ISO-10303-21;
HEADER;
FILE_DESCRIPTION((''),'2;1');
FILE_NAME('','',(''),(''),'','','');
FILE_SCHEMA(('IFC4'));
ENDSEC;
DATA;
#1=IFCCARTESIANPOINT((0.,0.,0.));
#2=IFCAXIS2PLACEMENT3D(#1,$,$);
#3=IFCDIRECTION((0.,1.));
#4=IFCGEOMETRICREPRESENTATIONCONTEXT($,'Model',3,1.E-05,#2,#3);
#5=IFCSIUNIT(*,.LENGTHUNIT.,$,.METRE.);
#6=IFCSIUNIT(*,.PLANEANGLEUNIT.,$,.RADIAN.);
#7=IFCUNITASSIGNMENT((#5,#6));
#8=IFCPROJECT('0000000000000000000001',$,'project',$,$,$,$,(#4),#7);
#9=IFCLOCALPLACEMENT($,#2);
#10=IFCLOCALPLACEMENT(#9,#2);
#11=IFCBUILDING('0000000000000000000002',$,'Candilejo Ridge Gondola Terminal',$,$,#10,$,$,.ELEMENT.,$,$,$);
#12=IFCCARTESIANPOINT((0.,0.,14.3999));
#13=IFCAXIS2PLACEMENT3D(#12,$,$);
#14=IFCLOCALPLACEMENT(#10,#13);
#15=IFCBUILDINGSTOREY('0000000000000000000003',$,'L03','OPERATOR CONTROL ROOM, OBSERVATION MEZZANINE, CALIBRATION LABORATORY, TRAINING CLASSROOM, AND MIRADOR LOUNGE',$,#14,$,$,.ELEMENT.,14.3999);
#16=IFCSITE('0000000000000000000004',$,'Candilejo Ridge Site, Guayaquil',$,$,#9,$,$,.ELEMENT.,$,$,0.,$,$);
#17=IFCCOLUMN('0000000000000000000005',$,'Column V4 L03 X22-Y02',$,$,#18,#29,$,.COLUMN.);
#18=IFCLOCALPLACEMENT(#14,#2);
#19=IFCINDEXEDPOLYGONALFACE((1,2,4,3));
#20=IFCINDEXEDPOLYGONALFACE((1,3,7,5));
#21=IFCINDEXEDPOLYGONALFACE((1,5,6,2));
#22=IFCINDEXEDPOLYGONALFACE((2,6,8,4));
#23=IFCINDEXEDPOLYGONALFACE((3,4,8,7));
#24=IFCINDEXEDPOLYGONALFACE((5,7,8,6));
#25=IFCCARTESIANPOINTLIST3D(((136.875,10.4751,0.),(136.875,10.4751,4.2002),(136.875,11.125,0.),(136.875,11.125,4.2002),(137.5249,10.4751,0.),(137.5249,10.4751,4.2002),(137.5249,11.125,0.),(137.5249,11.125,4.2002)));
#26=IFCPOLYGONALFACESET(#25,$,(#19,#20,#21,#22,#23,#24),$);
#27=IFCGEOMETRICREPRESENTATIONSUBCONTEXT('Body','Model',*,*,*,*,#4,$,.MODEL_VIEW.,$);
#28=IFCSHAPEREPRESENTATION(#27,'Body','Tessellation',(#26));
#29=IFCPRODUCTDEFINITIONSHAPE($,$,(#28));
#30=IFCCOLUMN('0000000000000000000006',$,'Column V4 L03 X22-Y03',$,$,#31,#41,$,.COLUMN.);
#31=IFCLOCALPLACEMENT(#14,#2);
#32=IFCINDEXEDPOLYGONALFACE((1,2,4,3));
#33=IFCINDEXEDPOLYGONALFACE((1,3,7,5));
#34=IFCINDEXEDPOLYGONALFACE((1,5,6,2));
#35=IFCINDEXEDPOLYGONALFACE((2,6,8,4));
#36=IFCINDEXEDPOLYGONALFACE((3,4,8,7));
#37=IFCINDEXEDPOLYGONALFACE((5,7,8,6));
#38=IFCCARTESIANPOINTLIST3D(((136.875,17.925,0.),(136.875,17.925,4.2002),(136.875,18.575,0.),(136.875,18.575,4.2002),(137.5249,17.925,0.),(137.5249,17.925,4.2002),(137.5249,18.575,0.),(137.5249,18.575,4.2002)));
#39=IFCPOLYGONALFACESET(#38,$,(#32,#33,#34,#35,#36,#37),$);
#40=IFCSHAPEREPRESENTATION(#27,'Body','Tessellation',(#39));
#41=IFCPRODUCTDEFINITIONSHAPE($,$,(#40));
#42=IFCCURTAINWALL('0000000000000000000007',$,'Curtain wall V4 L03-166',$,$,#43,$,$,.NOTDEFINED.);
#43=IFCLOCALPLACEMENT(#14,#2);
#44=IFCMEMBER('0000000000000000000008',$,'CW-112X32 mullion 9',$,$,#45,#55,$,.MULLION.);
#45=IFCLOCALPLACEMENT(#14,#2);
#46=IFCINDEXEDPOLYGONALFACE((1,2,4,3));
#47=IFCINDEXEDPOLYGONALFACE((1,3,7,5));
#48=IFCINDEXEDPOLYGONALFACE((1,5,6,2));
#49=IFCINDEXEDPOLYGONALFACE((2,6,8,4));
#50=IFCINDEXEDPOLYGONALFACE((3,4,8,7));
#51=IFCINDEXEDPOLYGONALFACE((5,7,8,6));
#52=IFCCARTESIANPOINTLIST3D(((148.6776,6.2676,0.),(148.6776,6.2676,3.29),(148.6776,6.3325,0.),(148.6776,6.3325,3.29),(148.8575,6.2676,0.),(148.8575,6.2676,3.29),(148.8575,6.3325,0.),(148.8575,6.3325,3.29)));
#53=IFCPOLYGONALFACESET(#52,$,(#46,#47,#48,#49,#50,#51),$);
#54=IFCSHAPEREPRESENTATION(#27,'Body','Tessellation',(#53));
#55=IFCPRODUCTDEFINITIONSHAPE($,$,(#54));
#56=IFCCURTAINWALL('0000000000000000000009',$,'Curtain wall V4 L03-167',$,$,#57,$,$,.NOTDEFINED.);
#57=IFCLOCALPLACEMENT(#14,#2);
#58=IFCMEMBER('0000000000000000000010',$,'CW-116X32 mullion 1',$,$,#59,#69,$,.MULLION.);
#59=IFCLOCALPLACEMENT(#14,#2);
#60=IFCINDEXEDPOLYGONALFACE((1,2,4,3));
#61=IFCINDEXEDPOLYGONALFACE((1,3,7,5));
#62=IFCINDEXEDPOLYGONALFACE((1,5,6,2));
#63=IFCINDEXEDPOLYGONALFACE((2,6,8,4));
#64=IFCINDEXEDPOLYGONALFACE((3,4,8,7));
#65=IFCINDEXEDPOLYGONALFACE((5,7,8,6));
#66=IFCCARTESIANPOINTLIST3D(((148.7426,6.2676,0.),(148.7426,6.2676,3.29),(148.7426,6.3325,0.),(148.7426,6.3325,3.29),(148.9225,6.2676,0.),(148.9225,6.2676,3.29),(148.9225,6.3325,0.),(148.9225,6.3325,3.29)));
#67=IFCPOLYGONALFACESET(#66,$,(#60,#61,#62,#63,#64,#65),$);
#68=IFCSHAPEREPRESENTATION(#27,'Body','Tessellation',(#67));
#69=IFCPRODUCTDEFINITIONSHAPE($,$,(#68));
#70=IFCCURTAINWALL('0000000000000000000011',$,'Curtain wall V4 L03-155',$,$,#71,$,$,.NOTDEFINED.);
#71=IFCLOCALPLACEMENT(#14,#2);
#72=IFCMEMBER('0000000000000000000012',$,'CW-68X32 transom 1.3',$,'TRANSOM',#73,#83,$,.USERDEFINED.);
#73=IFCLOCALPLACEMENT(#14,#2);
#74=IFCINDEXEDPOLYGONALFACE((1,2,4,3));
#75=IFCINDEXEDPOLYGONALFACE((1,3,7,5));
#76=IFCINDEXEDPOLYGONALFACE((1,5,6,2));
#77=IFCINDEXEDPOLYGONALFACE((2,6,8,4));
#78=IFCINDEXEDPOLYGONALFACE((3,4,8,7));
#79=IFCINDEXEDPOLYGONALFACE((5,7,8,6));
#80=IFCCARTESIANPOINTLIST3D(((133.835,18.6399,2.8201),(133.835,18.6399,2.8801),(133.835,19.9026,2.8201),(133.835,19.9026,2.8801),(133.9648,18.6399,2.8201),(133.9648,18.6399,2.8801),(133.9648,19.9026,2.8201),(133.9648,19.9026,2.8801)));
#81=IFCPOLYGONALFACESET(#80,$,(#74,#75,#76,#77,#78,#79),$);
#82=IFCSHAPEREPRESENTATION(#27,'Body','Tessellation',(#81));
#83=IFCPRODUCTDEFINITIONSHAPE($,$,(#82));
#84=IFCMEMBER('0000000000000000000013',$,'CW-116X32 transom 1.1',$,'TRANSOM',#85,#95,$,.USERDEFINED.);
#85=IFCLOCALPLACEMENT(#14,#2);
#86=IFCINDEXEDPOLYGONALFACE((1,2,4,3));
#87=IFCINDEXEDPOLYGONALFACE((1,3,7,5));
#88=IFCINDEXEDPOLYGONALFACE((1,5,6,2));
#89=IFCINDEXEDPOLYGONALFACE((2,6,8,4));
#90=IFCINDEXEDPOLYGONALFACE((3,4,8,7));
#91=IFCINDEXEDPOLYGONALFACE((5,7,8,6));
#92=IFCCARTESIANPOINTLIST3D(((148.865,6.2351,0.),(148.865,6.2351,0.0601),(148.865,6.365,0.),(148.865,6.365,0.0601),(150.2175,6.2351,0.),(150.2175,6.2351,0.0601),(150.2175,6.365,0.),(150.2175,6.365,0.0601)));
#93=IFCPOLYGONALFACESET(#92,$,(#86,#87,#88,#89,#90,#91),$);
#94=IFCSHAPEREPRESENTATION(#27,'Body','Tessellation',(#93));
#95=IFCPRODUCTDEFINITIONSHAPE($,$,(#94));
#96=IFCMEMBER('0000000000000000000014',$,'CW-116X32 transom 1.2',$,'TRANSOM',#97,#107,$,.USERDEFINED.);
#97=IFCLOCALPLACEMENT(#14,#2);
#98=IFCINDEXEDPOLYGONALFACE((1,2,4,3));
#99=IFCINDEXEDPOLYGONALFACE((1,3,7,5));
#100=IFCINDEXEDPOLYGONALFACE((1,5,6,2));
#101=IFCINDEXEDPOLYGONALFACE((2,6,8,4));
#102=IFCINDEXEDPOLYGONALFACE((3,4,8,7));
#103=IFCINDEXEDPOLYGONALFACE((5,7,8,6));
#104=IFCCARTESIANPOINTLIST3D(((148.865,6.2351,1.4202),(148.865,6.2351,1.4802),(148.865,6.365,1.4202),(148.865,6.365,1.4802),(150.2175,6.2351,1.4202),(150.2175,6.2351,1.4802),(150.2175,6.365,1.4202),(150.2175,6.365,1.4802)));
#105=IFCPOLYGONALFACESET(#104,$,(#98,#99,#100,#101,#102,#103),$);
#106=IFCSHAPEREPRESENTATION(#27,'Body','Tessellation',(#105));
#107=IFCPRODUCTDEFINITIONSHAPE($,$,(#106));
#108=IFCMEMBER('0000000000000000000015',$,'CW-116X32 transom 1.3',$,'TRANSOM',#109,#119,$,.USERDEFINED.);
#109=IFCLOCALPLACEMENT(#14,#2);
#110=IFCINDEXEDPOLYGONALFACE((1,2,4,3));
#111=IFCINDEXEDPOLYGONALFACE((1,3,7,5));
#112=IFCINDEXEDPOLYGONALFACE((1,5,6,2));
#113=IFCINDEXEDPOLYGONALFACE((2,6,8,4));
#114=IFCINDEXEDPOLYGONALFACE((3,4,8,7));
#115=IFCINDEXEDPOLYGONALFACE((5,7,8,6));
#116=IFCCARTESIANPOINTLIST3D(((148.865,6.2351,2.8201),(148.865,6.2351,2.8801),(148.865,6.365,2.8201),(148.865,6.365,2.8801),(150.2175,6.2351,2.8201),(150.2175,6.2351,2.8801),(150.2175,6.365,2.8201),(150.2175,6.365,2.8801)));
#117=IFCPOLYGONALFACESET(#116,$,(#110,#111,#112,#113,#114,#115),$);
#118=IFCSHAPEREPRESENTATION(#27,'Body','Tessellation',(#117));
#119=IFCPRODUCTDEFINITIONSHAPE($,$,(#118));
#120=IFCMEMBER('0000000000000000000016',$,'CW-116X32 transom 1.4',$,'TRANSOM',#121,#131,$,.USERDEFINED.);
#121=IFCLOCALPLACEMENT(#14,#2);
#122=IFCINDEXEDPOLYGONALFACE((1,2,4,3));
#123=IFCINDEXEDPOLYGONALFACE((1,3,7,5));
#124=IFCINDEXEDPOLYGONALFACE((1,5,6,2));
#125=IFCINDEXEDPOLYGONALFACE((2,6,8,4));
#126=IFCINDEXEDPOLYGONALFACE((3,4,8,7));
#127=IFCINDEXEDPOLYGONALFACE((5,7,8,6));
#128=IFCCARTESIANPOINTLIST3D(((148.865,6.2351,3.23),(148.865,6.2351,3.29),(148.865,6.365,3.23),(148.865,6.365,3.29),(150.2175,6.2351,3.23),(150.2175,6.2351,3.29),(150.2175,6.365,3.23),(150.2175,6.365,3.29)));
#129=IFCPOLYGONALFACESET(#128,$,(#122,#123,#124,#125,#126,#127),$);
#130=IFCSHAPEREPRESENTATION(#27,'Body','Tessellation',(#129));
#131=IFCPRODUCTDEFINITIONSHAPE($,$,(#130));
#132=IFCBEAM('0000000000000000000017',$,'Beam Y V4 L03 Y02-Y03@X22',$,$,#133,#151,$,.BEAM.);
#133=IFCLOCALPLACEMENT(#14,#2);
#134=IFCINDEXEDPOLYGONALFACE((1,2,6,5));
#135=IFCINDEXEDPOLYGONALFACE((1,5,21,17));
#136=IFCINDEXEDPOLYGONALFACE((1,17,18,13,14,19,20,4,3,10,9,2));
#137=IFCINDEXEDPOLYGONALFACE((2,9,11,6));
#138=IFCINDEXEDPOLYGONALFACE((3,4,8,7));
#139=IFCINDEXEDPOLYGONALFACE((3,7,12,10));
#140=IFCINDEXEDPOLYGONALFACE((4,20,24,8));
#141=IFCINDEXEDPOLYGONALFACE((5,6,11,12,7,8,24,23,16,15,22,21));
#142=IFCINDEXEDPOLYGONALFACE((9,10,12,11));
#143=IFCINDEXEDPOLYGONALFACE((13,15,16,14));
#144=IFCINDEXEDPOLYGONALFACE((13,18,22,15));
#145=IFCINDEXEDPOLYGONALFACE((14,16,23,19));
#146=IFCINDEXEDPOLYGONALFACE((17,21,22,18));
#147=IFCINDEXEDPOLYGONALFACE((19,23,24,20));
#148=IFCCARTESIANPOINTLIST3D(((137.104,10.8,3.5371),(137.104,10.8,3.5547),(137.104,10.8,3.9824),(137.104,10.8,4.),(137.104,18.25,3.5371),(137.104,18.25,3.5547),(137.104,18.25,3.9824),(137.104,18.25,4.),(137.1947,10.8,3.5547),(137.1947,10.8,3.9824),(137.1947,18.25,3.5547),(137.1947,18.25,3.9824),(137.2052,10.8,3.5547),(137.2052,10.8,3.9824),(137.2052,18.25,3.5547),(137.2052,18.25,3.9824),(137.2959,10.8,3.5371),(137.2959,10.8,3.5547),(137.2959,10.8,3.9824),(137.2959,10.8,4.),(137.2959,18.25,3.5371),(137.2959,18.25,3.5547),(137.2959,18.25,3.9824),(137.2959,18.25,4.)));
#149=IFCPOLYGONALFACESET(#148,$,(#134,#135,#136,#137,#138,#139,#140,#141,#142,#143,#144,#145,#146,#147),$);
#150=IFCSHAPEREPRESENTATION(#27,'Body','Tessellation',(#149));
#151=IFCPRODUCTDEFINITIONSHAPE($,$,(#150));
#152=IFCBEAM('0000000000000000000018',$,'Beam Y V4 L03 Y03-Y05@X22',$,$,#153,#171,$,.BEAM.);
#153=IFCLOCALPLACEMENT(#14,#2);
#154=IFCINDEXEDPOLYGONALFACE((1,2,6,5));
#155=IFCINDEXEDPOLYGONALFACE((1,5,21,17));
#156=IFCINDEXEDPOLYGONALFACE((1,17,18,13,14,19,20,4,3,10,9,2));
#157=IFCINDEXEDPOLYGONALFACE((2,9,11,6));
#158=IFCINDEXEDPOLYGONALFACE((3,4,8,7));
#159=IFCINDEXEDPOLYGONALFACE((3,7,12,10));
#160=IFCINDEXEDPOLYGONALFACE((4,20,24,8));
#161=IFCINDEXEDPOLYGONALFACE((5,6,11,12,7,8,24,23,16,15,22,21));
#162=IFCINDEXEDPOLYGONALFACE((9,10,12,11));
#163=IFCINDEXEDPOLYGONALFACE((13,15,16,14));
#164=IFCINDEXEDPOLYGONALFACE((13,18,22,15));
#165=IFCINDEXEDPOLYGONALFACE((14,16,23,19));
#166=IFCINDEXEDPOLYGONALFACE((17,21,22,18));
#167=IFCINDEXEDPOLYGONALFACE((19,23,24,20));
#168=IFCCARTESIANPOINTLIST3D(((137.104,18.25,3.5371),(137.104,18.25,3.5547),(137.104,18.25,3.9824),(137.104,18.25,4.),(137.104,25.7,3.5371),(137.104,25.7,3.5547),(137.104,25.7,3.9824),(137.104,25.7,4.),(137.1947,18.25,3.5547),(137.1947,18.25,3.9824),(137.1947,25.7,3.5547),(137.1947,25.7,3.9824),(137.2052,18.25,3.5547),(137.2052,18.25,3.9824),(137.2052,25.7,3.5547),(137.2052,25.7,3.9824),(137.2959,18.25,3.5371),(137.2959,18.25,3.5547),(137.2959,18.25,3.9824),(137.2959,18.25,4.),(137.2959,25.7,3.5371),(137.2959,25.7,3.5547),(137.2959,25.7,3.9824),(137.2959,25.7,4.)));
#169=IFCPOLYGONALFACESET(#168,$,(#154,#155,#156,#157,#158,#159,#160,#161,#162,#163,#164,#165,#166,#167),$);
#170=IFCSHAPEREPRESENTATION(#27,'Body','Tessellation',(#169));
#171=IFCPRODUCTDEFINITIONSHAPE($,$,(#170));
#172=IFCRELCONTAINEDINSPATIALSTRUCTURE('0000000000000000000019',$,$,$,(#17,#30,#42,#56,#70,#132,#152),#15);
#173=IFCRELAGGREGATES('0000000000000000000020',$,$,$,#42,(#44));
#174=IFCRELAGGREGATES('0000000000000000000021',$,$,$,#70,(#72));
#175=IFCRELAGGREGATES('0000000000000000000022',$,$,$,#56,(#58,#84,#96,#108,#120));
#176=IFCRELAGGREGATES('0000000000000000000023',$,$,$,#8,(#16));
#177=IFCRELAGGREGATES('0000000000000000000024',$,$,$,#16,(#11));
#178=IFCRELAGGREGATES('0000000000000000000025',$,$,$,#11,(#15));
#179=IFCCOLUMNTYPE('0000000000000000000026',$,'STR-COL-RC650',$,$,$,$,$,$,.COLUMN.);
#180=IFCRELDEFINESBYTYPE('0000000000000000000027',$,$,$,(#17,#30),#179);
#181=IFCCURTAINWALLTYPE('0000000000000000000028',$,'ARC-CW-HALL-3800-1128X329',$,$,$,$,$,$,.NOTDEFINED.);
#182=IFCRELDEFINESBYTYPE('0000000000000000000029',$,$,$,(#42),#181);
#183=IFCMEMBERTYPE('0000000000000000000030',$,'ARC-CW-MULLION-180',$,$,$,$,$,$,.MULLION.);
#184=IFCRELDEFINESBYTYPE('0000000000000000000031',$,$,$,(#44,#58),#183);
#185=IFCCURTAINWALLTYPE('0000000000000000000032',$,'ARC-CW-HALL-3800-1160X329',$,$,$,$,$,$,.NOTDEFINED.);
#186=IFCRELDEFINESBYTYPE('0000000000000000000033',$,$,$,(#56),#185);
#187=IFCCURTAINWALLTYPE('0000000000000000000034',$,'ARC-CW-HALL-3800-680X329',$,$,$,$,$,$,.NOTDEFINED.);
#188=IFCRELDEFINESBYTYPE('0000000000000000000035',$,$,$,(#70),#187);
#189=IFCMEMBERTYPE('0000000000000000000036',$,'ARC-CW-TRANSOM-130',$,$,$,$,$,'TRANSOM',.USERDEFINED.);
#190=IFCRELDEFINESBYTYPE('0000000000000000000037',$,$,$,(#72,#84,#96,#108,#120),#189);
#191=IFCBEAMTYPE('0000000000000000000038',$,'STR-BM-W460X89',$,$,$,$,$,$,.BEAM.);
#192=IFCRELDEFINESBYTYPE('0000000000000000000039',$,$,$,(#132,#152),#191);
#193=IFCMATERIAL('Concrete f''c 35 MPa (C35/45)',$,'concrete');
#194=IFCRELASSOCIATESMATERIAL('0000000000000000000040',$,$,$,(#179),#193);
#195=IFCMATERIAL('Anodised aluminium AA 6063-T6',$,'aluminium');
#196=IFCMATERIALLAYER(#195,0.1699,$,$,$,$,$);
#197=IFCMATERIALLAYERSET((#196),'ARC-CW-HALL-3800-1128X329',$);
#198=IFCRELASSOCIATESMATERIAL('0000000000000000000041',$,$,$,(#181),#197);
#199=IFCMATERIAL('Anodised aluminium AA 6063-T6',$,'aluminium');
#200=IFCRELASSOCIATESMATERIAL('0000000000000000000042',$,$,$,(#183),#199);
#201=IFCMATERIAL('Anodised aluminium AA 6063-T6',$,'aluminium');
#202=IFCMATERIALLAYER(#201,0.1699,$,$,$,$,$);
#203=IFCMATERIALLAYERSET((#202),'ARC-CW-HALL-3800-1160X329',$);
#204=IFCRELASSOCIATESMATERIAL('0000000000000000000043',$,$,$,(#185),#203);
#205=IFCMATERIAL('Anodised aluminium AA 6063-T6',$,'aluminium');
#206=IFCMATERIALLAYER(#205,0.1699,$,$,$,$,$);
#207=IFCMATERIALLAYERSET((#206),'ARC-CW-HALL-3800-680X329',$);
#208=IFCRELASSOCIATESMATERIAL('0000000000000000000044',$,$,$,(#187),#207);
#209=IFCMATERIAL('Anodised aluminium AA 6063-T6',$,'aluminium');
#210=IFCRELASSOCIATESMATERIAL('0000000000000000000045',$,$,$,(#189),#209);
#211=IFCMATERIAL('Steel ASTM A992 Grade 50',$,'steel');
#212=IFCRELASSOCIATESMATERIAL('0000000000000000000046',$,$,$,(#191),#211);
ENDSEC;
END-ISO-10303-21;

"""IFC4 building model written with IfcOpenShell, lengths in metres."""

from ifc_helpers import new_model, si_unit, direction, frame, origin, origin_2d, place, context, subcontext, project, spatial, rectangle, i_section, extrude, material, layer, layer_set, material_profile, profile_set, type_object, element, aggregate, save


model = new_model("IFC4")

# Units and contexts
model_context = context("Model", 3, precision=1e-05, world=origin(), true_north=direction((0.0, 1.0)))
body_context = subcontext(model_context, "Body", "Model", "MODEL_VIEW")
ifc_project = project(units=[si_unit("LENGTHUNIT", "METRE"), si_unit("PLANEANGLEUNIT", "RADIAN")], contexts=[model_context])

# Site, building, storey
site_placement = place(None, origin())
site = spatial("IfcSite", under=ifc_project, at=site_placement, Name="Candilejo Ridge Site, Guayaquil", CompositionType="ELEMENT", RefElevation=0.0)
building_placement = place(site_placement, origin())
building = spatial("IfcBuilding", under=site, at=building_placement, Name="Candilejo Ridge Gondola Terminal", CompositionType="ELEMENT")
storey_placement = place(building_placement, frame((0.0, 0.0, 14.3999)))
storey = spatial("IfcBuildingStorey", under=building, at=storey_placement, Name="L03", Description="OPERATOR CONTROL ROOM, OBSERVATION MEZZANINE, CALIBRATION LABORATORY, TRAINING CLASSROOM, AND MIRADOR LOUNGE", CompositionType="ELEMENT", Elevation=14.3999)

# Columns
ifc_material_1 = material(Name="Concrete f'c 35 MPa (C35/45)", Category="concrete")
ifc_material_profile_1 = material_profile(ifc_material_1, rectangle(XDim=0.6499, YDim=0.6499, at=origin_2d()))
ifc_profile_set_1 = profile_set([ifc_material_profile_1], Name="Concrete f'c 35 MPa (C35/45)")
column_type = type_object("IfcColumnType", Name="STR-COL-RC650", PredefinedType="COLUMN", material=ifc_profile_set_1)
for number, where, z_axis, x_axis, name in (
    (1, (137.2, 10.8, 0.0), (0.0, 0.0, 1.0), (1.0, 0.0, 0.0), "Column V4 L03 X22-Y02"),
    (2, (137.2, 18.25, 0.0), (0.0, 0.0, 1.0), (1.0, 0.0, 0.0), "Column V4 L03 X22-Y03"),
):
    element("IfcColumn", number, at=place(storey_placement, frame(where, z_axis=z_axis, x_axis=x_axis)), inside=storey, type_object=column_type, Name=name, PredefinedType="COLUMN", context=body_context, shape_type="SweptSolid", body=[
        extrude(rectangle(XDim=0.6499, YDim=0.6499, at=origin_2d()), origin(), (0.0, 0.0, 1.0), 4.2002),
    ])

# Curtain walls, members
ifc_material_2 = material(Name="Anodised aluminium AA 6063-T6", Category="aluminium")
ifc_layer_1 = layer(ifc_material_2, 0.1699)
ifc_layer_set_1 = layer_set([ifc_layer_1], Name="ARC-CW-HALL-3800-1128X329")
curtain_wall_type_1 = type_object("IfcCurtainWallType", Name="ARC-CW-HALL-3800-1128X329", PredefinedType="NOTDEFINED", material=ifc_layer_set_1)
curtain_wall_1_placement = place(storey_placement, origin())
curtain_wall_1 = element("IfcCurtainWall", 3, at=curtain_wall_1_placement, inside=storey, type_object=curtain_wall_type_1, Name="Curtain wall V4 L03-166", PredefinedType="NOTDEFINED")
ifc_material_3 = material(Name="Anodised aluminium AA 6063-T6", Category="aluminium")
ifc_material_profile_2 = material_profile(ifc_material_3, rectangle(XDim=0.0649, YDim=0.1799, at=origin_2d()))
ifc_profile_set_2 = profile_set([ifc_material_profile_2], Name="Anodised aluminium AA 6063-T6")
member_type_1 = type_object("IfcMemberType", Name="ARC-CW-MULLION-180", PredefinedType="MULLION", material=ifc_profile_set_2)
member_1_placement = place(storey_placement, frame((148.7676, 6.3, 0.0), z_axis=(0.0, 0.0, 1.0), x_axis=(0.0, 1.0, 0.0)))
member_1 = element("IfcMember", 4, at=member_1_placement, type_object=member_type_1, Name="CW-112X32 mullion 9", PredefinedType="MULLION", context=body_context, shape_type="SweptSolid", body=[
    extrude(rectangle(XDim=0.0649, YDim=0.1799, at=origin_2d()), origin(), (0.0, 0.0, 1.0), 3.29),
])
aggregate(curtain_wall_1, [member_1])
ifc_material_4 = material(Name="Anodised aluminium AA 6063-T6", Category="aluminium")
ifc_layer_2 = layer(ifc_material_4, 0.1699)
ifc_layer_set_2 = layer_set([ifc_layer_2], Name="ARC-CW-HALL-3800-1160X329")
curtain_wall_type_2 = type_object("IfcCurtainWallType", Name="ARC-CW-HALL-3800-1160X329", PredefinedType="NOTDEFINED", material=ifc_layer_set_2)
curtain_wall_2_placement = place(storey_placement, origin())
curtain_wall_2 = element("IfcCurtainWall", 5, at=curtain_wall_2_placement, inside=storey, type_object=curtain_wall_type_2, Name="Curtain wall V4 L03-167", PredefinedType="NOTDEFINED")
member_2_placement = place(storey_placement, frame((148.8325, 6.3, 0.0), z_axis=(0.0, 0.0, 1.0), x_axis=(0.0, 1.0, 0.0)))
member_2 = element("IfcMember", 6, at=member_2_placement, type_object=member_type_1, Name="CW-116X32 mullion 1", PredefinedType="MULLION", context=body_context, shape_type="SweptSolid", body=[
    extrude(rectangle(XDim=0.0649, YDim=0.1799, at=origin_2d()), origin(), (0.0, 0.0, 1.0), 3.29),
])
ifc_material_5 = material(Name="Anodised aluminium AA 6063-T6", Category="aluminium")
ifc_layer_3 = layer(ifc_material_5, 0.1699)
ifc_layer_set_3 = layer_set([ifc_layer_3], Name="ARC-CW-HALL-3800-680X329")
curtain_wall_type_3 = type_object("IfcCurtainWallType", Name="ARC-CW-HALL-3800-680X329", PredefinedType="NOTDEFINED", material=ifc_layer_set_3)
curtain_wall_3_placement = place(storey_placement, origin())
curtain_wall_3 = element("IfcCurtainWall", 7, at=curtain_wall_3_placement, inside=storey, type_object=curtain_wall_type_3, Name="Curtain wall V4 L03-155", PredefinedType="NOTDEFINED")
ifc_material_6 = material(Name="Anodised aluminium AA 6063-T6", Category="aluminium")
ifc_material_profile_3 = material_profile(ifc_material_6, rectangle(XDim=0.1299, YDim=0.0601, at=origin_2d()))
ifc_profile_set_3 = profile_set([ifc_material_profile_3], Name="Anodised aluminium AA 6063-T6")
member_type_2 = type_object("IfcMemberType", Name="ARC-CW-TRANSOM-130", ElementType="TRANSOM", PredefinedType="USERDEFINED", material=ifc_profile_set_3)
member_3_placement = place(storey_placement, frame((133.8999, 18.6399, 2.8501), z_axis=(0.0, 1.0, 0.0), x_axis=(-1.0, 0.0, 0.0)))
member_3 = element("IfcMember", 8, at=member_3_placement, type_object=member_type_2, Name="CW-68X32 transom 1.3", ObjectType="TRANSOM", PredefinedType="USERDEFINED", context=body_context, shape_type="SweptSolid", body=[
    extrude(rectangle(XDim=0.1299, YDim=0.0601, at=origin_2d()), origin(), (0.0, 0.0, 1.0), 1.2627),
])
aggregate(curtain_wall_3, [member_3])

# Members
member_4_placement = place(storey_placement, frame((148.865, 6.3, 0.03), z_axis=(1.0, 0.0, 0.0), x_axis=(0.0, 1.0, 0.0)))
member_4 = element("IfcMember", 9, at=member_4_placement, type_object=member_type_2, Name="CW-116X32 transom 1.1", ObjectType="TRANSOM", PredefinedType="USERDEFINED", context=body_context, shape_type="SweptSolid", body=[
    extrude(rectangle(XDim=0.1299, YDim=0.0601, at=origin_2d()), origin(), (0.0, 0.0, 1.0), 1.3525),
])
member_5_placement = place(storey_placement, frame((148.865, 6.3, 1.4502), z_axis=(1.0, 0.0, 0.0), x_axis=(0.0, 1.0, 0.0)))
member_5 = element("IfcMember", 10, at=member_5_placement, type_object=member_type_2, Name="CW-116X32 transom 1.2", ObjectType="TRANSOM", PredefinedType="USERDEFINED", context=body_context, shape_type="SweptSolid", body=[
    extrude(rectangle(XDim=0.1299, YDim=0.0601, at=origin_2d()), origin(), (0.0, 0.0, 1.0), 1.3525),
])
member_6_placement = place(storey_placement, frame((148.865, 6.3, 2.8501), z_axis=(1.0, 0.0, 0.0), x_axis=(0.0, 1.0, 0.0)))
member_6 = element("IfcMember", 11, at=member_6_placement, type_object=member_type_2, Name="CW-116X32 transom 1.3", ObjectType="TRANSOM", PredefinedType="USERDEFINED", context=body_context, shape_type="SweptSolid", body=[
    extrude(rectangle(XDim=0.1299, YDim=0.0601, at=origin_2d()), origin(), (0.0, 0.0, 1.0), 1.3525),
])
member_7_placement = place(storey_placement, frame((148.865, 6.3, 3.26), z_axis=(1.0, 0.0, 0.0), x_axis=(0.0, 1.0, 0.0)))
member_7 = element("IfcMember", 12, at=member_7_placement, type_object=member_type_2, Name="CW-116X32 transom 1.4", ObjectType="TRANSOM", PredefinedType="USERDEFINED", context=body_context, shape_type="SweptSolid", body=[
    extrude(rectangle(XDim=0.1299, YDim=0.0601, at=origin_2d()), origin(), (0.0, 0.0, 1.0), 1.3525),
])
aggregate(curtain_wall_2, [member_2, member_4, member_5, member_6, member_7])

# Beams
ifc_material_7 = material(Name="Steel ASTM A992 Grade 50", Category="steel")
ifc_material_profile_4 = material_profile(ifc_material_7, i_section(OverallWidth=0.1919, OverallDepth=0.4629, WebThickness=0.0105, FlangeThickness=0.0176, at=origin_2d()))
ifc_profile_set_4 = profile_set([ifc_material_profile_4], Name="Steel ASTM A992 Grade 50")
beam_type = type_object("IfcBeamType", Name="STR-BM-W460X89", PredefinedType="BEAM", material=ifc_profile_set_4)
for number, where, z_axis, x_axis, name in (
    (13, (137.2, 10.8, 3.7686), (0.0, 1.0, 0.0), (-1.0, 0.0, 0.0), "Beam Y V4 L03 Y02-Y03@X22"),
    (14, (137.2, 18.25, 3.7686), (0.0, 1.0, 0.0), (-1.0, 0.0, 0.0), "Beam Y V4 L03 Y03-Y05@X22"),
):
    element("IfcBeam", number, at=place(storey_placement, frame(where, z_axis=z_axis, x_axis=x_axis)), inside=storey, type_object=beam_type, Name=name, PredefinedType="BEAM", context=body_context, shape_type="SweptSolid", body=[
        extrude(i_section(OverallWidth=0.1919, OverallDepth=0.4629, WebThickness=0.0105, FlangeThickness=0.0176, at=origin_2d()), origin(), (0.0, 0.0, 1.0), 7.45),
    ])

save(model, "model.ifc")
